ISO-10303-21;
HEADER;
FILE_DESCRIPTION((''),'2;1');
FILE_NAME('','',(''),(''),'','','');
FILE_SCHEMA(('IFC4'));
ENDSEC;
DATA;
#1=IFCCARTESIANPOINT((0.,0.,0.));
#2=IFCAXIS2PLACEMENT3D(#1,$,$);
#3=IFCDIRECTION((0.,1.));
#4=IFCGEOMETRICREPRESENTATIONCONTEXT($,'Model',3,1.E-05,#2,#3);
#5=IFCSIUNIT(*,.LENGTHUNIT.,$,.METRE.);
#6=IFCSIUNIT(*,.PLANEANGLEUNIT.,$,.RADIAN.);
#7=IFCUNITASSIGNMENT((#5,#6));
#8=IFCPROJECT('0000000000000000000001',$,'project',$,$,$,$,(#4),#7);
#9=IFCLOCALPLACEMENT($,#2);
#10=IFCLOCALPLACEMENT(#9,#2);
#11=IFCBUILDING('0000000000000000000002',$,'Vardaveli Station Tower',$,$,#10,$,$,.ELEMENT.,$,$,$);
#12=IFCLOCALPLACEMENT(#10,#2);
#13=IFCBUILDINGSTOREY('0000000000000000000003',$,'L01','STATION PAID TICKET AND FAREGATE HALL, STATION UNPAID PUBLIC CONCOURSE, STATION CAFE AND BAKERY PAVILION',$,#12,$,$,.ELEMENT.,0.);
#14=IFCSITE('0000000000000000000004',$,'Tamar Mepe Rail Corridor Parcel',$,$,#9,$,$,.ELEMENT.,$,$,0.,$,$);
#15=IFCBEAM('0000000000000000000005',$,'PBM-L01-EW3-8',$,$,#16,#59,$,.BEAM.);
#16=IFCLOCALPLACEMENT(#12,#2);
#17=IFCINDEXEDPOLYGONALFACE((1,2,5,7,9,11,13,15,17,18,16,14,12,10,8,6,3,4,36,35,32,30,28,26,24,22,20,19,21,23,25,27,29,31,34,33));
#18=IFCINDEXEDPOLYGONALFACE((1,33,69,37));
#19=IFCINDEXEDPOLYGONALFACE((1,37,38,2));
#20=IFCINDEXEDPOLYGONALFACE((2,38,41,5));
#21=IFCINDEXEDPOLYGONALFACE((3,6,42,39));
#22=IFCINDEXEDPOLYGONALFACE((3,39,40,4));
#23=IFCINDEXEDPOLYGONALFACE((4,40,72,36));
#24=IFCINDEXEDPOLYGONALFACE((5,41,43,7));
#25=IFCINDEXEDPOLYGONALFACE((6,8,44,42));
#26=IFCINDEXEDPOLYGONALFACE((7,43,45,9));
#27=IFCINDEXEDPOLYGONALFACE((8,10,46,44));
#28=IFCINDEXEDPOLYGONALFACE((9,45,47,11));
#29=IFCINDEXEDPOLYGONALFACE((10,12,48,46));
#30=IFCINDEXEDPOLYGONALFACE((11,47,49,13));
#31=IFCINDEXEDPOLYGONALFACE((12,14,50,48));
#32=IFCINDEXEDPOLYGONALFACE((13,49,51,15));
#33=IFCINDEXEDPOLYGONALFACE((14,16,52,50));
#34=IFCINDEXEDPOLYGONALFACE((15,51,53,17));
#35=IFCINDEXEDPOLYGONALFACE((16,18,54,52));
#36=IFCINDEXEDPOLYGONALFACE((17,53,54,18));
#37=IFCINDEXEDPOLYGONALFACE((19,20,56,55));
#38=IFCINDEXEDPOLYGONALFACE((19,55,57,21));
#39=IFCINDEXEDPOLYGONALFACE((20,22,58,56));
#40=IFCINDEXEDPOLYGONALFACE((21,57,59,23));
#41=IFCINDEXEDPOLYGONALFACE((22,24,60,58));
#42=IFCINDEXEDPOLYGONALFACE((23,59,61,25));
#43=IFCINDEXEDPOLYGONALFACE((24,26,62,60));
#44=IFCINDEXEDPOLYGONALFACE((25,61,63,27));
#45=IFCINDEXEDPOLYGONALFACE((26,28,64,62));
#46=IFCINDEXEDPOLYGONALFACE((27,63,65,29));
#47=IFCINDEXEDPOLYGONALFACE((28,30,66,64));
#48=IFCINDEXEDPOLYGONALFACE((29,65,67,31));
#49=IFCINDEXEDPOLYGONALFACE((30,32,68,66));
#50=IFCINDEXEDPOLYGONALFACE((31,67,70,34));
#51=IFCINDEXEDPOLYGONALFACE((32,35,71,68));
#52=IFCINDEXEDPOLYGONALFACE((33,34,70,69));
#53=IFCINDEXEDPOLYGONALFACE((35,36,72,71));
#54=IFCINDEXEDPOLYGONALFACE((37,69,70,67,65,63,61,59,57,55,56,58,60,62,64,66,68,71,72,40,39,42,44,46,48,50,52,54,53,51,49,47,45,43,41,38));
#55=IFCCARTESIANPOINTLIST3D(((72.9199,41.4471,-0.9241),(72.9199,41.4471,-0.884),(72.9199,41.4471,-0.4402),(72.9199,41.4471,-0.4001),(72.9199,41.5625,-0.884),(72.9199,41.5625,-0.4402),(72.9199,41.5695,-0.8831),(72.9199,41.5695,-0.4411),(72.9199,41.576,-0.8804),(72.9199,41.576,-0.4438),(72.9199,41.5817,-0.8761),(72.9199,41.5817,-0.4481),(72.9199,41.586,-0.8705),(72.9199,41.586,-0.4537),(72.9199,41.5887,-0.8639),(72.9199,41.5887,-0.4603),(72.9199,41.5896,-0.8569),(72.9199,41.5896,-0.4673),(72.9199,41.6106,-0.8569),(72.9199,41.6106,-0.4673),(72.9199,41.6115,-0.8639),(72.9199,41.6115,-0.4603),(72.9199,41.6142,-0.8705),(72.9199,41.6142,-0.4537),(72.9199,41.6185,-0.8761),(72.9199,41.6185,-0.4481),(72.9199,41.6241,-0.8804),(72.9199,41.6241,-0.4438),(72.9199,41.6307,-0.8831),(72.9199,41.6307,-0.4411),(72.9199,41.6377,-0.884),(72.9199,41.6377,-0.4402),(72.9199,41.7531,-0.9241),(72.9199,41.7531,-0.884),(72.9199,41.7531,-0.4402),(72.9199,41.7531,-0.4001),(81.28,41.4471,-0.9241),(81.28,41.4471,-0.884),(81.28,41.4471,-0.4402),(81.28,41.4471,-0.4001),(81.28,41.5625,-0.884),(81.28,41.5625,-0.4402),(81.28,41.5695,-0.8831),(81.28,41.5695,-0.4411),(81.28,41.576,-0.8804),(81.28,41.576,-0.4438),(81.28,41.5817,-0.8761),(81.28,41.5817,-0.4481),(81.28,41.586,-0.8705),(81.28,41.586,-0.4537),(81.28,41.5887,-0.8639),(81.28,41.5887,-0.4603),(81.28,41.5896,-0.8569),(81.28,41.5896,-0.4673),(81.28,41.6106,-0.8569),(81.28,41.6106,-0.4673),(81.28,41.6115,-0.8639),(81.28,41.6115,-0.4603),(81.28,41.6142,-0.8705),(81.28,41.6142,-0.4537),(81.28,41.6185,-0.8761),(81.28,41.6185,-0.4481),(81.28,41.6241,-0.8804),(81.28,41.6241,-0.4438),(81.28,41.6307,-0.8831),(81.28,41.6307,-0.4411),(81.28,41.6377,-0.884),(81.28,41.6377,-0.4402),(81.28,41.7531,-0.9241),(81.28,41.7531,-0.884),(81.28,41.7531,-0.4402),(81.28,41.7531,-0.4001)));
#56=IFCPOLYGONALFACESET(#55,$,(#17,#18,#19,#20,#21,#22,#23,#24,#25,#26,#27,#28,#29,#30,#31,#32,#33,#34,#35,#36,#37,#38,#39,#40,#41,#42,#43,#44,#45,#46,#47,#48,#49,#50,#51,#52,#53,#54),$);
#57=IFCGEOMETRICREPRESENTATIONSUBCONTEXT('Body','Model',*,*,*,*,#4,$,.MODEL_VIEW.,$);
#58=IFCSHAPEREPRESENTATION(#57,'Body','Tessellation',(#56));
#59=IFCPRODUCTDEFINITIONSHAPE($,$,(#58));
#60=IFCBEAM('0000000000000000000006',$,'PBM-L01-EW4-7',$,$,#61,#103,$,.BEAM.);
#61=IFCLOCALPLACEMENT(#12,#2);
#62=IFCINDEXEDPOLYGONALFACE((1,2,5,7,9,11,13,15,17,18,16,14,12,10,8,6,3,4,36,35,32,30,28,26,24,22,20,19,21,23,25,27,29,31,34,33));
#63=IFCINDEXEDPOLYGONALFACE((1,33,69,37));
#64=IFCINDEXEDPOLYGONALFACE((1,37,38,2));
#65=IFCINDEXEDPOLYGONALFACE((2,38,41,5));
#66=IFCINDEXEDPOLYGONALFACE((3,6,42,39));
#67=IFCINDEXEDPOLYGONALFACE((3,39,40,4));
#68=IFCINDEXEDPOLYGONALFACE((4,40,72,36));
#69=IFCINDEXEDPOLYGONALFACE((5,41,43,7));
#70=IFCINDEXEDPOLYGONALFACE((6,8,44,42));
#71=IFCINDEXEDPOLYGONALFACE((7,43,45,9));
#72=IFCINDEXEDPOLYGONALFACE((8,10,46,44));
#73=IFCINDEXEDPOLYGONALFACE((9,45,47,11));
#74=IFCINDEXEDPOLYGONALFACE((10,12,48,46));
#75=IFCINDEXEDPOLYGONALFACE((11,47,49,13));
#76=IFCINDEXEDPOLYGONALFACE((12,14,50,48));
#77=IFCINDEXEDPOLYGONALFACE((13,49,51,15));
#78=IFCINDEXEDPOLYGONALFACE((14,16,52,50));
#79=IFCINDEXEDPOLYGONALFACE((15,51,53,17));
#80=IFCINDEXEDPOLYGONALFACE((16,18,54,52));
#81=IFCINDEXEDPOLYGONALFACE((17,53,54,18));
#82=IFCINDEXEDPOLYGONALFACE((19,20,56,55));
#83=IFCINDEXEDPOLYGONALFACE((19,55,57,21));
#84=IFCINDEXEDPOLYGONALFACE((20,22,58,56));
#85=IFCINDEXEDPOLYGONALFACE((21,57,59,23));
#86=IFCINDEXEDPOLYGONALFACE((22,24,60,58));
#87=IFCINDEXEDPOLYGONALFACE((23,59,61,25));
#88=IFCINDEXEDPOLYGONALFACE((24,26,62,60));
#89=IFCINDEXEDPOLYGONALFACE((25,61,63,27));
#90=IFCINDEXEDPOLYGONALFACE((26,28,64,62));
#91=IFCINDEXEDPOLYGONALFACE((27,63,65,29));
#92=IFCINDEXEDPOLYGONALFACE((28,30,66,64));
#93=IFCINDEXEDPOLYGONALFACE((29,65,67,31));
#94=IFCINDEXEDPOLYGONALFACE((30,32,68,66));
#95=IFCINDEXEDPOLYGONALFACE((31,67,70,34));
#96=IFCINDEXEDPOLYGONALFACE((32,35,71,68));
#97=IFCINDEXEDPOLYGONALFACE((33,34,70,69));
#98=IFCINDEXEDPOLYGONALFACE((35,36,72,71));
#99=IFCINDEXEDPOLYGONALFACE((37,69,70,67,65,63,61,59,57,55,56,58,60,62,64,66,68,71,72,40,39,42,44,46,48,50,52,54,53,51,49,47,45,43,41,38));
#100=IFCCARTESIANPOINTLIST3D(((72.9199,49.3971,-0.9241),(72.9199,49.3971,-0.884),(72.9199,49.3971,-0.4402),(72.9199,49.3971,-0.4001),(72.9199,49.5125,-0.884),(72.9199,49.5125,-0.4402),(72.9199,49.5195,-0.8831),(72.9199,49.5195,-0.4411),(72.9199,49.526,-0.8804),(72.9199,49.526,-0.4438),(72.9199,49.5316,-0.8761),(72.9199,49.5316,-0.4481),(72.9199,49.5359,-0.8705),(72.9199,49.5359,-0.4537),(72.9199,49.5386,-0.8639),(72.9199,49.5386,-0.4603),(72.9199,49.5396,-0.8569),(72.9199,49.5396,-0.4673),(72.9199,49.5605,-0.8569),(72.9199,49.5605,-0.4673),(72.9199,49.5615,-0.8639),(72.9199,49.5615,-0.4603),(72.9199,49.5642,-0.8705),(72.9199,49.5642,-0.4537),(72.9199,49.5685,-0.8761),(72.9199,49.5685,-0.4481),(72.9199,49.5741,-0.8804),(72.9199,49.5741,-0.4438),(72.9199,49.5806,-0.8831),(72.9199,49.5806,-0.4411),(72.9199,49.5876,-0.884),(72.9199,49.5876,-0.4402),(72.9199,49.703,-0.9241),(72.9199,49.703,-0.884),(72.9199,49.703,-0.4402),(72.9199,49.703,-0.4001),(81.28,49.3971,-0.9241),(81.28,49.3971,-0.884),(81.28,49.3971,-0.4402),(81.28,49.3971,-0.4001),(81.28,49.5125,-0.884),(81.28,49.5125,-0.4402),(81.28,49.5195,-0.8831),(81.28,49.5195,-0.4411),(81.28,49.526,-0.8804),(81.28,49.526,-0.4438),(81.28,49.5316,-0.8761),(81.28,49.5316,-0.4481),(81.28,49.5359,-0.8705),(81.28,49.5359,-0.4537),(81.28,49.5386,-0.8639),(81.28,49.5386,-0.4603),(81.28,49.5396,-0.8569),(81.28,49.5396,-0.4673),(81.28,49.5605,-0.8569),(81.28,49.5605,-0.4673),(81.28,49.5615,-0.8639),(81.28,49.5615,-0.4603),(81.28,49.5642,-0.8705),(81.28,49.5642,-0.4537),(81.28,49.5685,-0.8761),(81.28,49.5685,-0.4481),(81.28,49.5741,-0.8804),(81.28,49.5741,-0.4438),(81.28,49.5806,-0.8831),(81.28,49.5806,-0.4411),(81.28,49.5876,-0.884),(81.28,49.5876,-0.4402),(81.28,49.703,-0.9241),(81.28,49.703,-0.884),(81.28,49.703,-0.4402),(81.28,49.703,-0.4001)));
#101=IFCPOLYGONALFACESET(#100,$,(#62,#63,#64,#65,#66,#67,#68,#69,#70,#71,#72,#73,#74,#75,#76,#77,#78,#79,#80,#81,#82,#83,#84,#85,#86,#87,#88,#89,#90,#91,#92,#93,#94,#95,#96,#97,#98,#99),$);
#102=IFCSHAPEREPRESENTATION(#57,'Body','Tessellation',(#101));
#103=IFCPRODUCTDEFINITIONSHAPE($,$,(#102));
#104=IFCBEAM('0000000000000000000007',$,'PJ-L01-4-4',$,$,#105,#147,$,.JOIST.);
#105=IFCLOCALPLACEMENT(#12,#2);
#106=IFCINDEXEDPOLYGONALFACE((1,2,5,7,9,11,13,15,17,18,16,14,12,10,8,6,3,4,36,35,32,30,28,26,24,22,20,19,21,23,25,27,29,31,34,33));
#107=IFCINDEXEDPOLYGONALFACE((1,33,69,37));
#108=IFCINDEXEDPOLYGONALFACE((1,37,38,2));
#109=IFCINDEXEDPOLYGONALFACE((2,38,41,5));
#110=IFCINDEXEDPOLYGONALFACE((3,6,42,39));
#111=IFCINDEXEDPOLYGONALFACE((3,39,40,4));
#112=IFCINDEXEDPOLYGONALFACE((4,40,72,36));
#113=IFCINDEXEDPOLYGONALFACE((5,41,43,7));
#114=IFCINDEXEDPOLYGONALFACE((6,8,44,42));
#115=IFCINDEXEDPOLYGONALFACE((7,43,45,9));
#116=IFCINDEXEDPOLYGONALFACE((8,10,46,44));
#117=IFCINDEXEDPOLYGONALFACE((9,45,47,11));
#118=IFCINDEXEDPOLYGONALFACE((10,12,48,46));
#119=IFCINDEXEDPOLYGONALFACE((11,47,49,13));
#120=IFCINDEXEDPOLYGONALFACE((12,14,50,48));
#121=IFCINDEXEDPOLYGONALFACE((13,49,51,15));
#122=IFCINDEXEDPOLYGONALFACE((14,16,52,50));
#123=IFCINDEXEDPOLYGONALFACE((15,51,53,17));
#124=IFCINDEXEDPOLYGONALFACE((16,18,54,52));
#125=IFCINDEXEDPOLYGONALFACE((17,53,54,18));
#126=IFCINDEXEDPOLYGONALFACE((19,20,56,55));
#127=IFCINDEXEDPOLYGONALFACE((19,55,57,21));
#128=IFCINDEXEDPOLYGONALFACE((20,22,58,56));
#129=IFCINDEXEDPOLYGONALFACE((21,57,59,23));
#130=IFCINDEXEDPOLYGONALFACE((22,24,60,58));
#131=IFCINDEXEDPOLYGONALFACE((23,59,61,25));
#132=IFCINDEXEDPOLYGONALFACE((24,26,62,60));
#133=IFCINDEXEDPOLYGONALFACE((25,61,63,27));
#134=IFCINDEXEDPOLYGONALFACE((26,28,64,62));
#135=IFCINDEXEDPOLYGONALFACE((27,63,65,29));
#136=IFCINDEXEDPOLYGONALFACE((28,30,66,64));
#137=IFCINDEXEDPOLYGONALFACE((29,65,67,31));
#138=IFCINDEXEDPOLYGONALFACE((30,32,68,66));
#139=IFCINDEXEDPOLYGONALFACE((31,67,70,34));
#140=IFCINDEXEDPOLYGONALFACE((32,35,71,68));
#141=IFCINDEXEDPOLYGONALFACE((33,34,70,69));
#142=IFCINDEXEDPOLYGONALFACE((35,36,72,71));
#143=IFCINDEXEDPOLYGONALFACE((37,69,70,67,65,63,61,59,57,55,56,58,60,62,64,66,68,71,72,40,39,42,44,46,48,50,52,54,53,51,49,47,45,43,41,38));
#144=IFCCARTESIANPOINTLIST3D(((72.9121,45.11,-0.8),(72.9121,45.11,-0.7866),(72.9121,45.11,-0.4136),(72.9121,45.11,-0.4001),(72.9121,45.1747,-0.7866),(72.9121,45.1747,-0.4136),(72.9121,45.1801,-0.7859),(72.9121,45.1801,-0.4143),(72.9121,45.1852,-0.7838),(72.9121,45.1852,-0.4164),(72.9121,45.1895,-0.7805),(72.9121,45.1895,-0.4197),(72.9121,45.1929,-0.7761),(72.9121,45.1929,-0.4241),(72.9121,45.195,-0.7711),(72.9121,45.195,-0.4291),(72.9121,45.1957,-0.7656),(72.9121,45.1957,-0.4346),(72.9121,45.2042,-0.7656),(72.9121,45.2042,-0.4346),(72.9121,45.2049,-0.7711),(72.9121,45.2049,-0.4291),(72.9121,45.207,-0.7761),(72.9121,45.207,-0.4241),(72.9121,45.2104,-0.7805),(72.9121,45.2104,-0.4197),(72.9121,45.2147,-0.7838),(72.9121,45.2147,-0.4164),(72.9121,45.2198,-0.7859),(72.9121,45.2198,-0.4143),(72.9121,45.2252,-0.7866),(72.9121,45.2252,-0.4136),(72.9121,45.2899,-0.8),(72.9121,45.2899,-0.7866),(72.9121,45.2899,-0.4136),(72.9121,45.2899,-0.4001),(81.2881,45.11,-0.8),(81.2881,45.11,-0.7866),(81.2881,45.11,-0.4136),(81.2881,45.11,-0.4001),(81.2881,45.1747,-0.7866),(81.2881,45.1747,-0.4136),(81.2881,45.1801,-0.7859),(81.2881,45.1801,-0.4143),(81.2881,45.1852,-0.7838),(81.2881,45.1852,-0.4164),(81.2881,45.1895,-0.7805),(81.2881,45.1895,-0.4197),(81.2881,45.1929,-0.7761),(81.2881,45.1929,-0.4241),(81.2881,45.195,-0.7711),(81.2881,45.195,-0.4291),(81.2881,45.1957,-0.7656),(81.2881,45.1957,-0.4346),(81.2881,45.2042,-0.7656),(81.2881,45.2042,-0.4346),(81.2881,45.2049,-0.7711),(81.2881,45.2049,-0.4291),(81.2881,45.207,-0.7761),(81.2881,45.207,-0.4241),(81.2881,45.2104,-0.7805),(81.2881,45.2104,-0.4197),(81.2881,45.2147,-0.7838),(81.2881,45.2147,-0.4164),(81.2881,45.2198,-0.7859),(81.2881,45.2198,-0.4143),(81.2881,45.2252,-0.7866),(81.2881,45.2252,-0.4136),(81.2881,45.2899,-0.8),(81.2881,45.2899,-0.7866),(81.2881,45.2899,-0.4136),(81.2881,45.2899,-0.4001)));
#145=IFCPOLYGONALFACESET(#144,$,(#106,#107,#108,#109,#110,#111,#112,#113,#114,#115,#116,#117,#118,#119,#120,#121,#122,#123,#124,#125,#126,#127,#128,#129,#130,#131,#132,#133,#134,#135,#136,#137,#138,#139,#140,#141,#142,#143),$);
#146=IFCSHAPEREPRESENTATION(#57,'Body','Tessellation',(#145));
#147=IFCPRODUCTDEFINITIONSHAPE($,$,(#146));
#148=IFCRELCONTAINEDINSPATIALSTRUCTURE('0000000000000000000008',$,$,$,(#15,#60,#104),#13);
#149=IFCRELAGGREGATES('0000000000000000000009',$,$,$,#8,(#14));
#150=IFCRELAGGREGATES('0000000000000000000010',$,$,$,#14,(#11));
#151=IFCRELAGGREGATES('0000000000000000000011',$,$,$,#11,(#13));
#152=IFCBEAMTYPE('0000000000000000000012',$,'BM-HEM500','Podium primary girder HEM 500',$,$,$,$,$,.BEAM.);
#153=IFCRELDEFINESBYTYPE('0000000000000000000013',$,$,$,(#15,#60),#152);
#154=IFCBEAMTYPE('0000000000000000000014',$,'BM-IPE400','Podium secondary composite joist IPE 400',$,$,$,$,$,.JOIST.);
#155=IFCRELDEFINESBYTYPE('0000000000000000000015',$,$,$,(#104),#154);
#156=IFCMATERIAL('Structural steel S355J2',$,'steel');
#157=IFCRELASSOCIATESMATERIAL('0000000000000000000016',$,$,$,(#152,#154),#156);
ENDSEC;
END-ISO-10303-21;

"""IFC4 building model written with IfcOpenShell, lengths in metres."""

from ifc_helpers import new_model, si_unit, direction, frame, origin, origin_2d, place, context, subcontext, project, spatial, i_section, extrude, source, transform, mapped, material, material_profile, profile_set, type_object, element, save


model = new_model("IFC4")

# Units and contexts
model_context = context("Model", 3, precision=1e-05, world=origin(), true_north=direction((0.0, 1.0)))
body_context = subcontext(model_context, "Body", "Model", "MODEL_VIEW")
ifc_project = project(units=[si_unit("LENGTHUNIT", "METRE"), si_unit("PLANEANGLEUNIT", "RADIAN")], contexts=[model_context])

# Site, building, storey
site_placement = place(None, origin())
site = spatial("IfcSite", under=ifc_project, at=site_placement, Name="Tamar Mepe Rail Corridor Parcel", CompositionType="ELEMENT", RefElevation=0.0)
building_placement = place(site_placement, origin())
building = spatial("IfcBuilding", under=site, at=building_placement, Name="Vardaveli Station Tower", CompositionType="ELEMENT")
storey_placement = place(building_placement, origin())
storey = spatial("IfcBuildingStorey", under=building, at=storey_placement, Name="L01", Description="STATION PAID TICKET AND FAREGATE HALL, STATION UNPAID PUBLIC CONCOURSE, STATION CAFE AND BAKERY PAVILION", CompositionType="ELEMENT", Elevation=0.0)

# Beams
ifc_material_1 = material(Name="Structural steel S355J2", Category="steel")
ifc_material_profile_1 = material_profile(ifc_material_1, i_section(OverallWidth=0.3059, OverallDepth=0.5239, WebThickness=0.021, FlangeThickness=0.04, FilletRadius=0.0271, at=origin_2d()), Name="HEM 500")
ifc_profile_set_1 = profile_set([ifc_material_profile_1], Name="Structural steel S355J2")
beam_type_1 = type_object("IfcBeamType", Name="BM-HEM500", Description="Podium primary girder HEM 500", PredefinedType="BEAM", material=ifc_profile_set_1)
shared_shape_1 = source(origin(), body_context, "Body", "SweptSolid", [
    extrude(i_section(OverallWidth=0.3059, OverallDepth=0.5239, WebThickness=0.021, FlangeThickness=0.04, FilletRadius=0.0271, at=origin_2d()), origin(), (0.0, 0.0, 1.0), 8.3601),
])
for number, where, z_axis, x_axis, name in (
    (1, (72.9199, 41.6001, -0.6621), (1.0, 0.0, 0.0), (0.0, 1.0, 0.0), "PBM-L01-EW3-8"),
    (2, (72.9199, 49.55, -0.6621), (1.0, 0.0, 0.0), (0.0, 1.0, 0.0), "PBM-L01-EW4-7"),
):
    element("IfcBeam", number, at=place(storey_placement, frame(where, z_axis=z_axis, x_axis=x_axis)), inside=storey, type_object=beam_type_1, Name=name, PredefinedType="BEAM", context=body_context, shape_type="MappedRepresentation", body=[
        mapped(shared_shape_1, transform((0.0, 0.0, 0.0), scale=1.0)),
    ])
ifc_material_profile_2 = material_profile(ifc_material_1, i_section(OverallWidth=0.1799, OverallDepth=0.3999, WebThickness=0.0085, FlangeThickness=0.0134, FilletRadius=0.021, at=origin_2d()), Name="IPE 400")
ifc_profile_set_2 = profile_set([ifc_material_profile_2], Name="Structural steel S355J2")
beam_type_2 = type_object("IfcBeamType", Name="BM-IPE400", Description="Podium secondary composite joist IPE 400", PredefinedType="JOIST", material=ifc_profile_set_2)
shared_shape_2 = source(origin(), body_context, "Body", "SweptSolid", [
    extrude(i_section(OverallWidth=0.1799, OverallDepth=0.3999, WebThickness=0.0085, FlangeThickness=0.0134, FilletRadius=0.021, at=origin_2d()), origin(), (0.0, 0.0, 1.0), 8.376),
])
beam_placement = place(storey_placement, frame((72.9121, 45.2, -0.6001), z_axis=(1.0, 0.0, 0.0), x_axis=(0.0, 1.0, 0.0)))
element("IfcBeam", 3, at=beam_placement, inside=storey, type_object=beam_type_2, Name="PJ-L01-4-4", PredefinedType="JOIST", context=body_context, shape_type="MappedRepresentation", body=[
    mapped(shared_shape_2, transform((0.0, 0.0, 0.0), scale=1.0)),
])

save(model, "model.ifc")
